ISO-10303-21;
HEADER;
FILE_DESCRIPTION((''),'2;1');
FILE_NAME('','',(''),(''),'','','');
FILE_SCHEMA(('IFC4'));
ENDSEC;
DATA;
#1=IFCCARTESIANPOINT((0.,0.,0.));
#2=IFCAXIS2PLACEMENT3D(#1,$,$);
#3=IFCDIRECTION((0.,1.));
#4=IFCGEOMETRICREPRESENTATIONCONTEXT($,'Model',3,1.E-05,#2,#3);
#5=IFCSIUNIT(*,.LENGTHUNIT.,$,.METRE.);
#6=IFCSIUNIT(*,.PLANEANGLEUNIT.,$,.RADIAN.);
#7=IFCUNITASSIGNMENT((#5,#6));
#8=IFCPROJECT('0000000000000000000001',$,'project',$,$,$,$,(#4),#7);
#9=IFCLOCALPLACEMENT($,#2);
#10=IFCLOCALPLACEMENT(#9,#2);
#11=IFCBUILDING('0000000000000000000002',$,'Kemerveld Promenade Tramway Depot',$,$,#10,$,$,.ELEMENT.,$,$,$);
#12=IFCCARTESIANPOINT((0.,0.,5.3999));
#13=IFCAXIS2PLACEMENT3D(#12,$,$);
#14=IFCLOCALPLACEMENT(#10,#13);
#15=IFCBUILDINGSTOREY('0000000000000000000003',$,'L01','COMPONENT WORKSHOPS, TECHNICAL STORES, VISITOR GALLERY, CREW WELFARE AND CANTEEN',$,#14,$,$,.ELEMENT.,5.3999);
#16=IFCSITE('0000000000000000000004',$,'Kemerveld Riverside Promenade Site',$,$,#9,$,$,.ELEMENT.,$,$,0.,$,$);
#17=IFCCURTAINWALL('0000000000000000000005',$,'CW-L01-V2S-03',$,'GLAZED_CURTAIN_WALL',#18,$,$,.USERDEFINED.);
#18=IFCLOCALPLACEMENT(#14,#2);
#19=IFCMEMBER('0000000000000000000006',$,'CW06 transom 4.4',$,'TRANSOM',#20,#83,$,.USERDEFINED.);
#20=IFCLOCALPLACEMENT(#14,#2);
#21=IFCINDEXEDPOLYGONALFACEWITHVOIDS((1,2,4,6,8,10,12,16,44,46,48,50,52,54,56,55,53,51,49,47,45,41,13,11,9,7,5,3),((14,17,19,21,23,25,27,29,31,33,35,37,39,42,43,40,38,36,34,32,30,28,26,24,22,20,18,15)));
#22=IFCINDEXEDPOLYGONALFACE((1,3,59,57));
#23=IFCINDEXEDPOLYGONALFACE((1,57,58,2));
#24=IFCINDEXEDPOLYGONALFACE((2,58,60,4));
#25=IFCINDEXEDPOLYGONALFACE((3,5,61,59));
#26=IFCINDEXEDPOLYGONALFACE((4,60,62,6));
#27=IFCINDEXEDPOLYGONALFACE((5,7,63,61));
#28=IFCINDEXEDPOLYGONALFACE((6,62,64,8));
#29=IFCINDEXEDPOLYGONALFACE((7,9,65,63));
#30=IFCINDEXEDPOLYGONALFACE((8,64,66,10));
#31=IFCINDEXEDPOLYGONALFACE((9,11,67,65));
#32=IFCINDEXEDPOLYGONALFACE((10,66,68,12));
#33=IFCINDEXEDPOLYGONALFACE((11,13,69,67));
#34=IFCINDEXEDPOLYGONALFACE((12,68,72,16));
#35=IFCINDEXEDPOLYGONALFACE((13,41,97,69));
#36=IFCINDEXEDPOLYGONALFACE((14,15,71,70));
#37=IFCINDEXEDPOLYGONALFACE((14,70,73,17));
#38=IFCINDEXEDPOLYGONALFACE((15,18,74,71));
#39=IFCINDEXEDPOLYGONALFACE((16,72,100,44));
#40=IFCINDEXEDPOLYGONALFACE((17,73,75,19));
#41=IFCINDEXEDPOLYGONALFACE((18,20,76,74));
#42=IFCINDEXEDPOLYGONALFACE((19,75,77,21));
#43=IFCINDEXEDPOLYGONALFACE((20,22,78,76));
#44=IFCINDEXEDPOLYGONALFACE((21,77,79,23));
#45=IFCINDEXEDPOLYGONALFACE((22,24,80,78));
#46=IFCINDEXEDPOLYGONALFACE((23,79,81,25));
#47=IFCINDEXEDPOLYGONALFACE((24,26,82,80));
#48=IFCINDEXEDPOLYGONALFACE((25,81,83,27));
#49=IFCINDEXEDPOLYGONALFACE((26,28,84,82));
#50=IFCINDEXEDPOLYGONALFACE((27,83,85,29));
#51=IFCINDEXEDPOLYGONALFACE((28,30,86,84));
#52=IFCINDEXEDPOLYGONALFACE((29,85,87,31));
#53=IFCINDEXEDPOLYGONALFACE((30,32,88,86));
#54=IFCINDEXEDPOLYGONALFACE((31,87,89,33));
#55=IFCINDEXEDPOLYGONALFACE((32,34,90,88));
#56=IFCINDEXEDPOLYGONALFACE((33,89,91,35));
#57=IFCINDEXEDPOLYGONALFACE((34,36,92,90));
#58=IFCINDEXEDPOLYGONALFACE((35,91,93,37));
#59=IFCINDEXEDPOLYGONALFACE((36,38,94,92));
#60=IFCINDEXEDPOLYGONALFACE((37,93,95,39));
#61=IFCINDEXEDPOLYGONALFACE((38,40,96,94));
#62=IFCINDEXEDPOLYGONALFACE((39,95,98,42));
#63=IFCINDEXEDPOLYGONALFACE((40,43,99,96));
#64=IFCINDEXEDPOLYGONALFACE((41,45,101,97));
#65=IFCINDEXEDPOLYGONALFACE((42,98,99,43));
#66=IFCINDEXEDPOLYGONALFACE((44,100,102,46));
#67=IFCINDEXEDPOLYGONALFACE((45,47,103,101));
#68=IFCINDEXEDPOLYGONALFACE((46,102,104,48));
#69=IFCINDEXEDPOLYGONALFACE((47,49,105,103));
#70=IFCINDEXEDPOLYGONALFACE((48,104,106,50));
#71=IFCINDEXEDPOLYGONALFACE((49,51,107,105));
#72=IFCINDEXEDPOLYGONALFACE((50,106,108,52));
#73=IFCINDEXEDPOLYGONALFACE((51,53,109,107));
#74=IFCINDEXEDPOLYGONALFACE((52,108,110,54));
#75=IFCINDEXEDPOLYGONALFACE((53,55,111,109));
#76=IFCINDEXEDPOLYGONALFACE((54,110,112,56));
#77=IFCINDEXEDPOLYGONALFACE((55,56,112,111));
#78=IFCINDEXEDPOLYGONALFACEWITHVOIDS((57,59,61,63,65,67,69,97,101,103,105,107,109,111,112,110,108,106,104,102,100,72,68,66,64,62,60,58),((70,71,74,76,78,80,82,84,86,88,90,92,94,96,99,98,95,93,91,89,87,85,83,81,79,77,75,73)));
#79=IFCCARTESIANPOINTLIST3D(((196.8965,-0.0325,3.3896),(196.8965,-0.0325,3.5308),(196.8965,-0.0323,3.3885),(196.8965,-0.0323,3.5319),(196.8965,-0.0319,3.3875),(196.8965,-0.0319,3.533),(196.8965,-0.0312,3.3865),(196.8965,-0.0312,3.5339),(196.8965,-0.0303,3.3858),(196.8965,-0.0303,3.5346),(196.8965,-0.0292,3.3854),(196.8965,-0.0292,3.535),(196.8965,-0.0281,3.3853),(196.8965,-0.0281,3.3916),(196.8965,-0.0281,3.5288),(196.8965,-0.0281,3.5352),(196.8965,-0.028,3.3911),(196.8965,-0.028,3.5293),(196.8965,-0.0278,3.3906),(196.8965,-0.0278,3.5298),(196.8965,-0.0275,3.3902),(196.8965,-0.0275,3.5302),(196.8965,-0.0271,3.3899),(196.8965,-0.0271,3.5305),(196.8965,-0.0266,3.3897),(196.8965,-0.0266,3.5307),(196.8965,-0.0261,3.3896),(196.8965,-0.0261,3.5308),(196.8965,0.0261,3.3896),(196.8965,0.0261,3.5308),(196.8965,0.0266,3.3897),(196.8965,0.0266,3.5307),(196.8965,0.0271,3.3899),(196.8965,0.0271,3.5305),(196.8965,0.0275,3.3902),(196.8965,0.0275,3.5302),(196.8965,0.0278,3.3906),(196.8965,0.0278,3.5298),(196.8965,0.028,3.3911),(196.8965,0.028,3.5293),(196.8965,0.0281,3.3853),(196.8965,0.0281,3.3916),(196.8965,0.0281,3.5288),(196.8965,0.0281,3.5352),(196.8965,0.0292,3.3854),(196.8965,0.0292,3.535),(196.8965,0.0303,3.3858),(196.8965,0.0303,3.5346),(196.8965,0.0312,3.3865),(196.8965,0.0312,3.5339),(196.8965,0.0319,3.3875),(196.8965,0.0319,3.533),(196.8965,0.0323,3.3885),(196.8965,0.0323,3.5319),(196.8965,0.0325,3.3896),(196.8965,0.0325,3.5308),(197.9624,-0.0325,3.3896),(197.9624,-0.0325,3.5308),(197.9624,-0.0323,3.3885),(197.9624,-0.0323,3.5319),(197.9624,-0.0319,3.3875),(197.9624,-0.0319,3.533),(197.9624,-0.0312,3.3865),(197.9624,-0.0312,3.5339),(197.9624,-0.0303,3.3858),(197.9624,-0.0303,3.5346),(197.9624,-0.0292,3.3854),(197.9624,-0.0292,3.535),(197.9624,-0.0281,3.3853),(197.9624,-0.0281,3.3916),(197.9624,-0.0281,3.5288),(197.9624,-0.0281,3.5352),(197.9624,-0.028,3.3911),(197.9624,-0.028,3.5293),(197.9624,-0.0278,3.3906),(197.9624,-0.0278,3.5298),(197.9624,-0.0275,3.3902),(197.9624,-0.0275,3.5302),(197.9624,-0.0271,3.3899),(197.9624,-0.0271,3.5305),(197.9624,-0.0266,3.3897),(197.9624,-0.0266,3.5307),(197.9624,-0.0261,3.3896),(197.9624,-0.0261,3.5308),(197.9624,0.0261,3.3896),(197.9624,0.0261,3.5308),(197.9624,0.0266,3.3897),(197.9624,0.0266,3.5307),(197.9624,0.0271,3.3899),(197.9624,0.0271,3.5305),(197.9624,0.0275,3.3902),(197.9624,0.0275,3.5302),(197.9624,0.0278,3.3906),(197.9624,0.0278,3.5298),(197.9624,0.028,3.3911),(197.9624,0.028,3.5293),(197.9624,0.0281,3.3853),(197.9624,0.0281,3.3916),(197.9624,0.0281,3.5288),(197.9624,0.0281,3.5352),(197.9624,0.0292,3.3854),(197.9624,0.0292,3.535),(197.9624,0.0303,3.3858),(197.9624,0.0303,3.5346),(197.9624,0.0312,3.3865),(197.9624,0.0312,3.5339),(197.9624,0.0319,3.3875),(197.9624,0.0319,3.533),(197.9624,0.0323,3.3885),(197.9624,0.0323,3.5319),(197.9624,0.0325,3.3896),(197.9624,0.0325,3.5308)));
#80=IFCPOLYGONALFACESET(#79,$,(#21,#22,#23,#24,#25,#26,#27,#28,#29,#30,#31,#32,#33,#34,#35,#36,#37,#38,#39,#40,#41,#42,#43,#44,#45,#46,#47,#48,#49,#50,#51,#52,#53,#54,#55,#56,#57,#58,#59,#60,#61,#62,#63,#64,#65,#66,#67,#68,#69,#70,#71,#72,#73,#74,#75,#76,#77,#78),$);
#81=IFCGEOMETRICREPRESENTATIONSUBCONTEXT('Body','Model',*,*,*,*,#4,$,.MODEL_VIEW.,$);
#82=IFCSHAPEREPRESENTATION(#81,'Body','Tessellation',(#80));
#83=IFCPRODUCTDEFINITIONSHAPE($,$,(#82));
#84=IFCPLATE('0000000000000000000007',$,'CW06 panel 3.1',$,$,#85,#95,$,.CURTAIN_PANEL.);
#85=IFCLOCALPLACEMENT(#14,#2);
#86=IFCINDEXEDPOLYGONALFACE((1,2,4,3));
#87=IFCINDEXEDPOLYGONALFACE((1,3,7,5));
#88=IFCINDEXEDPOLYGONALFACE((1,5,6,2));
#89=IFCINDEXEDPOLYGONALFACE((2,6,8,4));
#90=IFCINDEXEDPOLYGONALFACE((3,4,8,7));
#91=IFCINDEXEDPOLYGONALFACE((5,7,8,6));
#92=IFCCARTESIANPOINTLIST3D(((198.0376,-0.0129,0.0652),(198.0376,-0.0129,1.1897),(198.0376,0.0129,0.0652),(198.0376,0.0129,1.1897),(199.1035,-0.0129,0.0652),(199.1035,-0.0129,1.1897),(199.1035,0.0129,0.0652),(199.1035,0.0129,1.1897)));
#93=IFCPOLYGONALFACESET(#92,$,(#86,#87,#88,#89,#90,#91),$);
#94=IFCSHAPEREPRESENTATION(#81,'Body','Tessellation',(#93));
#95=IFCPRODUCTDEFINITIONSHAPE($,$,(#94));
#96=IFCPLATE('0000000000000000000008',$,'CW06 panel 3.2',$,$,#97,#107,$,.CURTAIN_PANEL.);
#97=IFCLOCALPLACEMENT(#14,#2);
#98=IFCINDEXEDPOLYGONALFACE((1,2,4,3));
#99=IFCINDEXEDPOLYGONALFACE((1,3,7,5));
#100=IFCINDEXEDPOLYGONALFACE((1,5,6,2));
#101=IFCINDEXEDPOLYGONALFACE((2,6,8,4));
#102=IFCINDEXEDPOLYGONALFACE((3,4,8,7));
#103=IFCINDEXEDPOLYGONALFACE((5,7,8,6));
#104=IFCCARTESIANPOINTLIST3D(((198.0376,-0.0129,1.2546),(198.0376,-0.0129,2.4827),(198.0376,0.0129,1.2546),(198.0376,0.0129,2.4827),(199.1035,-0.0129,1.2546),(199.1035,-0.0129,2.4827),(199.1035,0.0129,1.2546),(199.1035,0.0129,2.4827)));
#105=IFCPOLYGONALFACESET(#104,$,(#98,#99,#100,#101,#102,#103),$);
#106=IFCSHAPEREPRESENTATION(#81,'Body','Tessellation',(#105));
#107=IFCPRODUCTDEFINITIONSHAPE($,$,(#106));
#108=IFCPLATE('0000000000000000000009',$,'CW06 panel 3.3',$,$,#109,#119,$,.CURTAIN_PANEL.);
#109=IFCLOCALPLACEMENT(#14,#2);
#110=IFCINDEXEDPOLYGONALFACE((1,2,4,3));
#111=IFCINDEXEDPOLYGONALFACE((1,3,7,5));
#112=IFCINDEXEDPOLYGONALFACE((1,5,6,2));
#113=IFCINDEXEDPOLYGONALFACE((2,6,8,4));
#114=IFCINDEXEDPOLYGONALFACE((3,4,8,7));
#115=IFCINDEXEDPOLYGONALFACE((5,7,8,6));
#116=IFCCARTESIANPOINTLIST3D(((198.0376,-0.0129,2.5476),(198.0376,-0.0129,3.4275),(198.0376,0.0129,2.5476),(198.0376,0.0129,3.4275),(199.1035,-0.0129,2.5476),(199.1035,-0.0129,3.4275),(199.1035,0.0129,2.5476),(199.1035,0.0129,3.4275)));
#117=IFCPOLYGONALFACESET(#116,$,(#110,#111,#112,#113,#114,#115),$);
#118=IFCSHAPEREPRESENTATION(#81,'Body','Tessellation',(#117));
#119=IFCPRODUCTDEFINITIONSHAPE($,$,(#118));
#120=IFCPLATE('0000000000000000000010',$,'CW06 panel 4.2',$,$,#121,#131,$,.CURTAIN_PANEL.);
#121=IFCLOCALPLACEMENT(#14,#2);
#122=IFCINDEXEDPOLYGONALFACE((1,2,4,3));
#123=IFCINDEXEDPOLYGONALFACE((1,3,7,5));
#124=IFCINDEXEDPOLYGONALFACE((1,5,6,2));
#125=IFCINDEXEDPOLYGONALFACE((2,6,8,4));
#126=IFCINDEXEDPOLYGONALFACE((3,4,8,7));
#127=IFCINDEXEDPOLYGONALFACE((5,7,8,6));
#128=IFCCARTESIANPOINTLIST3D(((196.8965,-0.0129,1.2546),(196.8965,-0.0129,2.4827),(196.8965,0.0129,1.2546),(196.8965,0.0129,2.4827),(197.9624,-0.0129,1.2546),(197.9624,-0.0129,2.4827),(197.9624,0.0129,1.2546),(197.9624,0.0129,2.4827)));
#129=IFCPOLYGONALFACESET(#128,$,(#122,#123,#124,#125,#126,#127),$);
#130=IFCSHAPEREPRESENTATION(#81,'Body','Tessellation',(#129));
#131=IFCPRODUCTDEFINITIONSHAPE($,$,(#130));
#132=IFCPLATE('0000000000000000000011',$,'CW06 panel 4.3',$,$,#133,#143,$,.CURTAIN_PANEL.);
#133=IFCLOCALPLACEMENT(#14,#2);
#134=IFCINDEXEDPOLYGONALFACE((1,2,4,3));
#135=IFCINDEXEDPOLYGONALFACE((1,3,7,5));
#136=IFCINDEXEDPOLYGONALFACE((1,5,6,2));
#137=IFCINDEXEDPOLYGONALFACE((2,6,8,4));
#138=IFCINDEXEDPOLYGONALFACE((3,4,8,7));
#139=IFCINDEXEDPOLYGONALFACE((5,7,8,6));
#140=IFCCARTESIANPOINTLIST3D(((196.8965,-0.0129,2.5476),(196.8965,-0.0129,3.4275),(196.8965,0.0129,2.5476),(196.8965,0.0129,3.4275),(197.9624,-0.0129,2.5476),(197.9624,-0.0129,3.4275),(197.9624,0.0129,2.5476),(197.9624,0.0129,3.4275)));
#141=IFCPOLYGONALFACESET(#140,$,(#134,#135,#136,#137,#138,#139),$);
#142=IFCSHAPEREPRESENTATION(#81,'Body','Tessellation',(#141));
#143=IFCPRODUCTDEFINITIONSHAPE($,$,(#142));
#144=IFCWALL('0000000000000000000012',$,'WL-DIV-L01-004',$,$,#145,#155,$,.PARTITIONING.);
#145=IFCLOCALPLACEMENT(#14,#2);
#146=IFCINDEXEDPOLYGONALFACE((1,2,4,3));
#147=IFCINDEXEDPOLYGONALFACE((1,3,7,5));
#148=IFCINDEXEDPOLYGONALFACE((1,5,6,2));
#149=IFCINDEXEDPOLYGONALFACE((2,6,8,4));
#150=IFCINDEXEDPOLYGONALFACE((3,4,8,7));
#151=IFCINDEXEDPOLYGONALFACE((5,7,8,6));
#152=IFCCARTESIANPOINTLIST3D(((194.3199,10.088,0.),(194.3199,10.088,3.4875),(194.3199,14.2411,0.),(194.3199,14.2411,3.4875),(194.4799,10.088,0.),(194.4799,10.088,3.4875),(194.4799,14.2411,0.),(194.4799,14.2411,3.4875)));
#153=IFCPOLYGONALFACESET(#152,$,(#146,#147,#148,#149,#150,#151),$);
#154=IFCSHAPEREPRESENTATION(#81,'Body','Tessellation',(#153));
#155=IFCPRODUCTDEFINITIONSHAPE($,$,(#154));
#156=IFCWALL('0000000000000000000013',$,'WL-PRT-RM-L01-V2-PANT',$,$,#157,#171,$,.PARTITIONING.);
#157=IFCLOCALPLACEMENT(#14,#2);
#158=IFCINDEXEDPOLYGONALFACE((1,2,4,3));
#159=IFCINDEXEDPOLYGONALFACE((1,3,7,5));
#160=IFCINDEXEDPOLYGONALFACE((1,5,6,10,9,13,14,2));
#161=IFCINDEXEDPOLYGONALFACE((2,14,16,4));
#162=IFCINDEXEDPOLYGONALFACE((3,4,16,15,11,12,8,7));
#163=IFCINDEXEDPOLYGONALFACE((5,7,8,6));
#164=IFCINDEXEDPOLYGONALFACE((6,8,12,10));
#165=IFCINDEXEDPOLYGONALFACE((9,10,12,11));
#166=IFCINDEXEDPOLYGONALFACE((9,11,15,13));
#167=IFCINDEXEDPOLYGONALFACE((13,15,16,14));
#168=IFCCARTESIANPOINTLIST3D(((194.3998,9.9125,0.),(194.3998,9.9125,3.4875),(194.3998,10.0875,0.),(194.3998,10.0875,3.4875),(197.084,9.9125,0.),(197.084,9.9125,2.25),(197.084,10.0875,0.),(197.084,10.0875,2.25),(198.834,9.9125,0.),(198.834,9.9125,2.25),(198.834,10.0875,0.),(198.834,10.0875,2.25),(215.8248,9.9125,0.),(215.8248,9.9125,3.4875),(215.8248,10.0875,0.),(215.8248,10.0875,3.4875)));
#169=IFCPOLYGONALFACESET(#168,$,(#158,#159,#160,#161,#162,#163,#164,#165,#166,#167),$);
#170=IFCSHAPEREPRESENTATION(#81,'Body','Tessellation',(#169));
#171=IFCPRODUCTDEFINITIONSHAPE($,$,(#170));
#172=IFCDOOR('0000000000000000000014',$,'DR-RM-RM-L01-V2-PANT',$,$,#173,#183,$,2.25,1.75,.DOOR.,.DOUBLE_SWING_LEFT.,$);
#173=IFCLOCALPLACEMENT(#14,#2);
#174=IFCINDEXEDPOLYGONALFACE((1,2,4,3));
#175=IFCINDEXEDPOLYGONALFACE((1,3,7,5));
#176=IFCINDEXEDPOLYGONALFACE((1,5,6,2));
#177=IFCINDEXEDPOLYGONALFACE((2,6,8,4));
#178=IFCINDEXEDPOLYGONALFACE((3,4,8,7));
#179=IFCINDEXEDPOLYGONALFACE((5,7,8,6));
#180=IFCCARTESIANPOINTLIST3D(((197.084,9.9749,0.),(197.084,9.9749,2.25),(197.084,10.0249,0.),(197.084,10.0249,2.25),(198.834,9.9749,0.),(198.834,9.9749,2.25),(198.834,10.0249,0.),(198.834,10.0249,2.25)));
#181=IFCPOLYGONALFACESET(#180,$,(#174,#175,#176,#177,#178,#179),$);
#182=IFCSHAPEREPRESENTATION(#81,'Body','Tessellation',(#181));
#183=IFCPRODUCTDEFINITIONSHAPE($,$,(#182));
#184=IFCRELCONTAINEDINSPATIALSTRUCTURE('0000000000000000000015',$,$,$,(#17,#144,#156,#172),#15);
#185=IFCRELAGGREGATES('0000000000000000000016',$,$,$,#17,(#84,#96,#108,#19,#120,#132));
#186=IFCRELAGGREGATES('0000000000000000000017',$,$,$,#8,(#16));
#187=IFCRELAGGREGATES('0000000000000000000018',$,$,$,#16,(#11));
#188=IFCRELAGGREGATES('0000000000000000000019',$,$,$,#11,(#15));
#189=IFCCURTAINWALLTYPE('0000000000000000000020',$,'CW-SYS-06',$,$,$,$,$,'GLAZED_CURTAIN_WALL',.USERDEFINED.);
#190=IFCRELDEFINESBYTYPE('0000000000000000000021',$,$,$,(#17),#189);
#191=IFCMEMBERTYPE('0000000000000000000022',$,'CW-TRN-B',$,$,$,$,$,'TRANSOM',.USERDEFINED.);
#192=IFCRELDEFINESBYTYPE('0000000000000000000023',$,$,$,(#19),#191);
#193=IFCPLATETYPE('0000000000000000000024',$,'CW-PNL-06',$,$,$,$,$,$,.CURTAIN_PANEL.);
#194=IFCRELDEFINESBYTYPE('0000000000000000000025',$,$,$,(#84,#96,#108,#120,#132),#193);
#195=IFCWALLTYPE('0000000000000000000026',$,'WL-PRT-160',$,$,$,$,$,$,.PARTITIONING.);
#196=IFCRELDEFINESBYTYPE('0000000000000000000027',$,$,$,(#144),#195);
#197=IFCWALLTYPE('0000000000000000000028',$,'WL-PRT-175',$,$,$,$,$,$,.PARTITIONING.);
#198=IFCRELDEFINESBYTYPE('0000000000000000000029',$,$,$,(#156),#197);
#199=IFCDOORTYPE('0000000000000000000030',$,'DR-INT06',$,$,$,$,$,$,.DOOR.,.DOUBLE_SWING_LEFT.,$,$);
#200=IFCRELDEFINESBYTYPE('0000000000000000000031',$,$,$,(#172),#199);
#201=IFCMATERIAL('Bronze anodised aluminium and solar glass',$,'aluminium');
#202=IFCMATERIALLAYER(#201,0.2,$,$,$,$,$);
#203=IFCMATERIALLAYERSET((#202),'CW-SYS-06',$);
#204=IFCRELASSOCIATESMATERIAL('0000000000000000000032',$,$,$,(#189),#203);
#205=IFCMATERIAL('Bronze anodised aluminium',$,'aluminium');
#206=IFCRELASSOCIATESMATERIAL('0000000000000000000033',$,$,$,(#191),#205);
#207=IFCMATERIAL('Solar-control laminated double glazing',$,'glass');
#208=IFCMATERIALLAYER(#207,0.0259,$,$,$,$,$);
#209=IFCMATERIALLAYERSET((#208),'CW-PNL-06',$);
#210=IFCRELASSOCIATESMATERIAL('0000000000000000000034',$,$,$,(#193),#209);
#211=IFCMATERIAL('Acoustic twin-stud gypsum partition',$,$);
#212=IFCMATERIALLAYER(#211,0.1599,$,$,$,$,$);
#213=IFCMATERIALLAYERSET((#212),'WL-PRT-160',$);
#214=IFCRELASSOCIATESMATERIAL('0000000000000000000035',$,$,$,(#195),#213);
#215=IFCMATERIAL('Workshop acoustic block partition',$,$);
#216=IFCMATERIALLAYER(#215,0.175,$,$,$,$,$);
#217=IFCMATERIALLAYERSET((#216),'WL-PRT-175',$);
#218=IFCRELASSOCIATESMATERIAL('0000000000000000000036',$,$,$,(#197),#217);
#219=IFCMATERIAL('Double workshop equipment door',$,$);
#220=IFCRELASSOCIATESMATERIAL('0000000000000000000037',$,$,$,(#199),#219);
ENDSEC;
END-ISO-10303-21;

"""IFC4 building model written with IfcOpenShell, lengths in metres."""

from ifc_helpers import new_model, si_unit, direction, frame, frame_2d, origin, origin_2d, place, context, subcontext, project, spatial, rectangle, hollow_rectangle, extrude, material, layer, layer_set, material_profile, profile_set, type_object, element, fill, aggregate, save


model = new_model("IFC4")

# Units and contexts
model_context = context("Model", 3, precision=1e-05, world=origin(), true_north=direction((0.0, 1.0)))
body_context = subcontext(model_context, "Body", "Model", "MODEL_VIEW")
ifc_project = project(units=[si_unit("LENGTHUNIT", "METRE"), si_unit("PLANEANGLEUNIT", "RADIAN")], contexts=[model_context])

# Site, building, storey
site_placement = place(None, origin())
site = spatial("IfcSite", under=ifc_project, at=site_placement, Name="Kemerveld Riverside Promenade Site", CompositionType="ELEMENT", RefElevation=0.0)
building_placement = place(site_placement, origin())
building = spatial("IfcBuilding", under=site, at=building_placement, Name="Kemerveld Promenade Tramway Depot", CompositionType="ELEMENT")
storey_placement = place(building_placement, frame((0.0, 0.0, 5.3999)))
storey = spatial("IfcBuildingStorey", under=building, at=storey_placement, Name="L01", Description="COMPONENT WORKSHOPS, TECHNICAL STORES, VISITOR GALLERY, CREW WELFARE AND CANTEEN", CompositionType="ELEMENT", Elevation=5.3999)

# Curtain wall, member, plates
ifc_material_1 = material(Name="Bronze anodised aluminium and solar glass", Category="aluminium")
ifc_layer_1 = layer(ifc_material_1, 0.2)
ifc_layer_set_1 = layer_set([ifc_layer_1], Name="CW-SYS-06")
curtain_wall_type = type_object("IfcCurtainWallType", Name="CW-SYS-06", ElementType="GLAZED_CURTAIN_WALL", PredefinedType="USERDEFINED", material=ifc_layer_set_1)
curtain_wall_placement = place(storey_placement, origin())
curtain_wall = element("IfcCurtainWall", 1, at=curtain_wall_placement, inside=storey, type_object=curtain_wall_type, Name="CW-L01-V2S-03", ObjectType="GLAZED_CURTAIN_WALL", PredefinedType="USERDEFINED")
ifc_material_2 = material(Name="Bronze anodised aluminium", Category="aluminium")
ifc_material_profile_1 = material_profile(ifc_material_2, hollow_rectangle(XDim=0.0649, YDim=0.1499, WallThickness=0.0044, InnerFilletRadius=0.002, OuterFilletRadius=0.0044, at=origin_2d()), Name="CW-TRN-150x65")
ifc_profile_set_1 = profile_set([ifc_material_profile_1], Name="Bronze anodised aluminium")
member_type_1 = type_object("IfcMemberType", Name="CW-TRN-B", ElementType="TRANSOM", PredefinedType="USERDEFINED", material=ifc_profile_set_1)
member_1_placement = place(storey_placement, frame((197.9624, 0.0, 3.4602), z_axis=(-1.0, 0.0, 0.0), x_axis=(0.0, -1.0, 0.0)))
member_1 = element("IfcMember", 2, at=member_1_placement, type_object=member_type_1, Name="CW06 transom 4.4", ObjectType="TRANSOM", PredefinedType="USERDEFINED", context=body_context, shape_type="SweptSolid", body=[
    extrude(hollow_rectangle(XDim=0.0649, YDim=0.1499, WallThickness=0.0044, InnerFilletRadius=0.002, OuterFilletRadius=0.0044, at=origin_2d()), origin(), (0.0, 0.0, 1.0), 1.0659),
])
ifc_material_3 = material(Name="Solar-control laminated double glazing", Category="glass")
ifc_layer_2 = layer(ifc_material_3, 0.0259)
ifc_layer_set_2 = layer_set([ifc_layer_2], Name="CW-PNL-06")
plate_type = type_object("IfcPlateType", Name="CW-PNL-06", PredefinedType="CURTAIN_PANEL", material=ifc_layer_set_2)
plate_1_placement = place(storey_placement, frame((198.5706, 0.0, 0.0652), z_axis=(0.0, 0.0, 1.0), x_axis=(-1.0, 0.0, 0.0)))
plate_1 = element("IfcPlate", 3, at=plate_1_placement, type_object=plate_type, Name="CW06 panel 3.1", PredefinedType="CURTAIN_PANEL", context=body_context, shape_type="SweptSolid", body=[
    extrude(rectangle(XDim=1.0659, YDim=0.0259, at=origin_2d()), origin(), (0.0, 0.0, 1.0), 1.1245),
])
plate_2_placement = place(storey_placement, frame((198.5706, 0.0, 1.2546), z_axis=(0.0, 0.0, 1.0), x_axis=(-1.0, 0.0, 0.0)))
plate_2 = element("IfcPlate", 4, at=plate_2_placement, type_object=plate_type, Name="CW06 panel 3.2", PredefinedType="CURTAIN_PANEL", context=body_context, shape_type="SweptSolid", body=[
    extrude(rectangle(XDim=1.0659, YDim=0.0259, at=origin_2d()), origin(), (0.0, 0.0, 1.0), 1.228),
])
plate_3_placement = place(storey_placement, frame((198.5706, 0.0, 2.5476), z_axis=(0.0, 0.0, 1.0), x_axis=(-1.0, 0.0, 0.0)))
plate_3 = element("IfcPlate", 5, at=plate_3_placement, type_object=plate_type, Name="CW06 panel 3.3", PredefinedType="CURTAIN_PANEL", context=body_context, shape_type="SweptSolid", body=[
    extrude(rectangle(XDim=1.0659, YDim=0.0259, at=origin_2d()), origin(), (0.0, 0.0, 1.0), 0.8799),
])
plate_4_placement = place(storey_placement, frame((197.4294, 0.0, 1.2546), z_axis=(0.0, 0.0, 1.0), x_axis=(-1.0, 0.0, 0.0)))
plate_4 = element("IfcPlate", 6, at=plate_4_placement, type_object=plate_type, Name="CW06 panel 4.2", PredefinedType="CURTAIN_PANEL", context=body_context, shape_type="SweptSolid", body=[
    extrude(rectangle(XDim=1.0659, YDim=0.0259, at=origin_2d()), origin(), (0.0, 0.0, 1.0), 1.228),
])
plate_5_placement = place(storey_placement, frame((197.4294, 0.0, 2.5476), z_axis=(0.0, 0.0, 1.0), x_axis=(-1.0, 0.0, 0.0)))
plate_5 = element("IfcPlate", 7, at=plate_5_placement, type_object=plate_type, Name="CW06 panel 4.3", PredefinedType="CURTAIN_PANEL", context=body_context, shape_type="SweptSolid", body=[
    extrude(rectangle(XDim=1.0659, YDim=0.0259, at=origin_2d()), origin(), (0.0, 0.0, 1.0), 0.8799),
])
aggregate(curtain_wall, [plate_1, plate_2, plate_3, member_1, plate_4, plate_5])

# Wall
ifc_material_4 = material(Name="Acoustic twin-stud gypsum partition")
ifc_layer_3 = layer(ifc_material_4, 0.1599)
ifc_layer_set_3 = layer_set([ifc_layer_3], Name="WL-PRT-160")
wall_type_1 = type_object("IfcWallType", Name="WL-PRT-160", PredefinedType="PARTITIONING", material=ifc_layer_set_3)
wall_1_placement = place(storey_placement, frame((194.3999, 10.0879, 0.0), z_axis=(0.0, 0.0, 1.0), x_axis=(0.0, 1.0, 0.0)))
element("IfcWall", 8, at=wall_1_placement, inside=storey, type_object=wall_type_1, Name="WL-DIV-L01-004", PredefinedType="PARTITIONING", context=body_context, shape_type="SweptSolid", body=[
    extrude(rectangle(XDim=4.1531, YDim=0.1599, at=frame_2d((2.0767, 0.0))), origin(), (0.0, 0.0, 1.0), 3.4875),
])

# Wall, opening, door
ifc_material_5 = material(Name="Workshop acoustic block partition")
ifc_layer_4 = layer(ifc_material_5, 0.175)
ifc_layer_set_4 = layer_set([ifc_layer_4], Name="WL-PRT-175")
wall_type_2 = type_object("IfcWallType", Name="WL-PRT-175", PredefinedType="PARTITIONING", material=ifc_layer_set_4)
wall_2_placement = place(storey_placement, frame((194.3999, 10.0, 0.0), z_axis=(0.0, 0.0, 1.0), x_axis=(1.0, 0.0, 0.0)))
wall_2 = element("IfcWall", 9, at=wall_2_placement, inside=storey, type_object=wall_type_2, Name="WL-PRT-RM-L01-V2-PANT", PredefinedType="PARTITIONING", context=body_context, shape_type="SweptSolid", body=[
    extrude(rectangle(XDim=21.425, YDim=0.175, at=frame_2d((10.7124, 0.0))), origin(), (0.0, 0.0, 1.0), 3.4875),
])
opening_placement = place(wall_2_placement, frame((2.6841, 0.0, 0.0)))
opening = element("IfcOpeningElement", 10, at=opening_placement, cuts=wall_2, PredefinedType="OPENING", context=body_context, shape_type="SweptSolid", body=[
    extrude(rectangle(XDim=1.75, YDim=2.25, at=frame_2d((0.875, 1.125))), frame((0.0, 0.0974, 0.0), z_axis=(0.0, -1.0, 0.0), x_axis=(1.0, 0.0, 0.0)), (0.0, 0.0, 1.0), 0.1951),
])
ifc_material_6 = material(Name="Double workshop equipment door")
door_type = type_object("IfcDoorType", Name="DR-INT06", OperationType="DOUBLE_SWING_LEFT", PredefinedType="DOOR", material=ifc_material_6)
door_placement = place(opening_placement, origin())
door = element("IfcDoor", 11, at=door_placement, inside=storey, type_object=door_type, Name="DR-RM-RM-L01-V2-PANT", OperationType="DOUBLE_SWING_LEFT", OverallHeight=2.25, OverallWidth=1.75, PredefinedType="DOOR", context=body_context, shape_type="SweptSolid", body=[
    extrude(rectangle(XDim=1.75, YDim=2.25, at=frame_2d((0.875, 1.125))), frame((0.0, 0.0249, 0.0), z_axis=(0.0, -1.0, 0.0), x_axis=(1.0, 0.0, 0.0)), (0.0, 0.0, 1.0), 0.05),
])
fill(opening, door)

save(model, "model.ifc")
